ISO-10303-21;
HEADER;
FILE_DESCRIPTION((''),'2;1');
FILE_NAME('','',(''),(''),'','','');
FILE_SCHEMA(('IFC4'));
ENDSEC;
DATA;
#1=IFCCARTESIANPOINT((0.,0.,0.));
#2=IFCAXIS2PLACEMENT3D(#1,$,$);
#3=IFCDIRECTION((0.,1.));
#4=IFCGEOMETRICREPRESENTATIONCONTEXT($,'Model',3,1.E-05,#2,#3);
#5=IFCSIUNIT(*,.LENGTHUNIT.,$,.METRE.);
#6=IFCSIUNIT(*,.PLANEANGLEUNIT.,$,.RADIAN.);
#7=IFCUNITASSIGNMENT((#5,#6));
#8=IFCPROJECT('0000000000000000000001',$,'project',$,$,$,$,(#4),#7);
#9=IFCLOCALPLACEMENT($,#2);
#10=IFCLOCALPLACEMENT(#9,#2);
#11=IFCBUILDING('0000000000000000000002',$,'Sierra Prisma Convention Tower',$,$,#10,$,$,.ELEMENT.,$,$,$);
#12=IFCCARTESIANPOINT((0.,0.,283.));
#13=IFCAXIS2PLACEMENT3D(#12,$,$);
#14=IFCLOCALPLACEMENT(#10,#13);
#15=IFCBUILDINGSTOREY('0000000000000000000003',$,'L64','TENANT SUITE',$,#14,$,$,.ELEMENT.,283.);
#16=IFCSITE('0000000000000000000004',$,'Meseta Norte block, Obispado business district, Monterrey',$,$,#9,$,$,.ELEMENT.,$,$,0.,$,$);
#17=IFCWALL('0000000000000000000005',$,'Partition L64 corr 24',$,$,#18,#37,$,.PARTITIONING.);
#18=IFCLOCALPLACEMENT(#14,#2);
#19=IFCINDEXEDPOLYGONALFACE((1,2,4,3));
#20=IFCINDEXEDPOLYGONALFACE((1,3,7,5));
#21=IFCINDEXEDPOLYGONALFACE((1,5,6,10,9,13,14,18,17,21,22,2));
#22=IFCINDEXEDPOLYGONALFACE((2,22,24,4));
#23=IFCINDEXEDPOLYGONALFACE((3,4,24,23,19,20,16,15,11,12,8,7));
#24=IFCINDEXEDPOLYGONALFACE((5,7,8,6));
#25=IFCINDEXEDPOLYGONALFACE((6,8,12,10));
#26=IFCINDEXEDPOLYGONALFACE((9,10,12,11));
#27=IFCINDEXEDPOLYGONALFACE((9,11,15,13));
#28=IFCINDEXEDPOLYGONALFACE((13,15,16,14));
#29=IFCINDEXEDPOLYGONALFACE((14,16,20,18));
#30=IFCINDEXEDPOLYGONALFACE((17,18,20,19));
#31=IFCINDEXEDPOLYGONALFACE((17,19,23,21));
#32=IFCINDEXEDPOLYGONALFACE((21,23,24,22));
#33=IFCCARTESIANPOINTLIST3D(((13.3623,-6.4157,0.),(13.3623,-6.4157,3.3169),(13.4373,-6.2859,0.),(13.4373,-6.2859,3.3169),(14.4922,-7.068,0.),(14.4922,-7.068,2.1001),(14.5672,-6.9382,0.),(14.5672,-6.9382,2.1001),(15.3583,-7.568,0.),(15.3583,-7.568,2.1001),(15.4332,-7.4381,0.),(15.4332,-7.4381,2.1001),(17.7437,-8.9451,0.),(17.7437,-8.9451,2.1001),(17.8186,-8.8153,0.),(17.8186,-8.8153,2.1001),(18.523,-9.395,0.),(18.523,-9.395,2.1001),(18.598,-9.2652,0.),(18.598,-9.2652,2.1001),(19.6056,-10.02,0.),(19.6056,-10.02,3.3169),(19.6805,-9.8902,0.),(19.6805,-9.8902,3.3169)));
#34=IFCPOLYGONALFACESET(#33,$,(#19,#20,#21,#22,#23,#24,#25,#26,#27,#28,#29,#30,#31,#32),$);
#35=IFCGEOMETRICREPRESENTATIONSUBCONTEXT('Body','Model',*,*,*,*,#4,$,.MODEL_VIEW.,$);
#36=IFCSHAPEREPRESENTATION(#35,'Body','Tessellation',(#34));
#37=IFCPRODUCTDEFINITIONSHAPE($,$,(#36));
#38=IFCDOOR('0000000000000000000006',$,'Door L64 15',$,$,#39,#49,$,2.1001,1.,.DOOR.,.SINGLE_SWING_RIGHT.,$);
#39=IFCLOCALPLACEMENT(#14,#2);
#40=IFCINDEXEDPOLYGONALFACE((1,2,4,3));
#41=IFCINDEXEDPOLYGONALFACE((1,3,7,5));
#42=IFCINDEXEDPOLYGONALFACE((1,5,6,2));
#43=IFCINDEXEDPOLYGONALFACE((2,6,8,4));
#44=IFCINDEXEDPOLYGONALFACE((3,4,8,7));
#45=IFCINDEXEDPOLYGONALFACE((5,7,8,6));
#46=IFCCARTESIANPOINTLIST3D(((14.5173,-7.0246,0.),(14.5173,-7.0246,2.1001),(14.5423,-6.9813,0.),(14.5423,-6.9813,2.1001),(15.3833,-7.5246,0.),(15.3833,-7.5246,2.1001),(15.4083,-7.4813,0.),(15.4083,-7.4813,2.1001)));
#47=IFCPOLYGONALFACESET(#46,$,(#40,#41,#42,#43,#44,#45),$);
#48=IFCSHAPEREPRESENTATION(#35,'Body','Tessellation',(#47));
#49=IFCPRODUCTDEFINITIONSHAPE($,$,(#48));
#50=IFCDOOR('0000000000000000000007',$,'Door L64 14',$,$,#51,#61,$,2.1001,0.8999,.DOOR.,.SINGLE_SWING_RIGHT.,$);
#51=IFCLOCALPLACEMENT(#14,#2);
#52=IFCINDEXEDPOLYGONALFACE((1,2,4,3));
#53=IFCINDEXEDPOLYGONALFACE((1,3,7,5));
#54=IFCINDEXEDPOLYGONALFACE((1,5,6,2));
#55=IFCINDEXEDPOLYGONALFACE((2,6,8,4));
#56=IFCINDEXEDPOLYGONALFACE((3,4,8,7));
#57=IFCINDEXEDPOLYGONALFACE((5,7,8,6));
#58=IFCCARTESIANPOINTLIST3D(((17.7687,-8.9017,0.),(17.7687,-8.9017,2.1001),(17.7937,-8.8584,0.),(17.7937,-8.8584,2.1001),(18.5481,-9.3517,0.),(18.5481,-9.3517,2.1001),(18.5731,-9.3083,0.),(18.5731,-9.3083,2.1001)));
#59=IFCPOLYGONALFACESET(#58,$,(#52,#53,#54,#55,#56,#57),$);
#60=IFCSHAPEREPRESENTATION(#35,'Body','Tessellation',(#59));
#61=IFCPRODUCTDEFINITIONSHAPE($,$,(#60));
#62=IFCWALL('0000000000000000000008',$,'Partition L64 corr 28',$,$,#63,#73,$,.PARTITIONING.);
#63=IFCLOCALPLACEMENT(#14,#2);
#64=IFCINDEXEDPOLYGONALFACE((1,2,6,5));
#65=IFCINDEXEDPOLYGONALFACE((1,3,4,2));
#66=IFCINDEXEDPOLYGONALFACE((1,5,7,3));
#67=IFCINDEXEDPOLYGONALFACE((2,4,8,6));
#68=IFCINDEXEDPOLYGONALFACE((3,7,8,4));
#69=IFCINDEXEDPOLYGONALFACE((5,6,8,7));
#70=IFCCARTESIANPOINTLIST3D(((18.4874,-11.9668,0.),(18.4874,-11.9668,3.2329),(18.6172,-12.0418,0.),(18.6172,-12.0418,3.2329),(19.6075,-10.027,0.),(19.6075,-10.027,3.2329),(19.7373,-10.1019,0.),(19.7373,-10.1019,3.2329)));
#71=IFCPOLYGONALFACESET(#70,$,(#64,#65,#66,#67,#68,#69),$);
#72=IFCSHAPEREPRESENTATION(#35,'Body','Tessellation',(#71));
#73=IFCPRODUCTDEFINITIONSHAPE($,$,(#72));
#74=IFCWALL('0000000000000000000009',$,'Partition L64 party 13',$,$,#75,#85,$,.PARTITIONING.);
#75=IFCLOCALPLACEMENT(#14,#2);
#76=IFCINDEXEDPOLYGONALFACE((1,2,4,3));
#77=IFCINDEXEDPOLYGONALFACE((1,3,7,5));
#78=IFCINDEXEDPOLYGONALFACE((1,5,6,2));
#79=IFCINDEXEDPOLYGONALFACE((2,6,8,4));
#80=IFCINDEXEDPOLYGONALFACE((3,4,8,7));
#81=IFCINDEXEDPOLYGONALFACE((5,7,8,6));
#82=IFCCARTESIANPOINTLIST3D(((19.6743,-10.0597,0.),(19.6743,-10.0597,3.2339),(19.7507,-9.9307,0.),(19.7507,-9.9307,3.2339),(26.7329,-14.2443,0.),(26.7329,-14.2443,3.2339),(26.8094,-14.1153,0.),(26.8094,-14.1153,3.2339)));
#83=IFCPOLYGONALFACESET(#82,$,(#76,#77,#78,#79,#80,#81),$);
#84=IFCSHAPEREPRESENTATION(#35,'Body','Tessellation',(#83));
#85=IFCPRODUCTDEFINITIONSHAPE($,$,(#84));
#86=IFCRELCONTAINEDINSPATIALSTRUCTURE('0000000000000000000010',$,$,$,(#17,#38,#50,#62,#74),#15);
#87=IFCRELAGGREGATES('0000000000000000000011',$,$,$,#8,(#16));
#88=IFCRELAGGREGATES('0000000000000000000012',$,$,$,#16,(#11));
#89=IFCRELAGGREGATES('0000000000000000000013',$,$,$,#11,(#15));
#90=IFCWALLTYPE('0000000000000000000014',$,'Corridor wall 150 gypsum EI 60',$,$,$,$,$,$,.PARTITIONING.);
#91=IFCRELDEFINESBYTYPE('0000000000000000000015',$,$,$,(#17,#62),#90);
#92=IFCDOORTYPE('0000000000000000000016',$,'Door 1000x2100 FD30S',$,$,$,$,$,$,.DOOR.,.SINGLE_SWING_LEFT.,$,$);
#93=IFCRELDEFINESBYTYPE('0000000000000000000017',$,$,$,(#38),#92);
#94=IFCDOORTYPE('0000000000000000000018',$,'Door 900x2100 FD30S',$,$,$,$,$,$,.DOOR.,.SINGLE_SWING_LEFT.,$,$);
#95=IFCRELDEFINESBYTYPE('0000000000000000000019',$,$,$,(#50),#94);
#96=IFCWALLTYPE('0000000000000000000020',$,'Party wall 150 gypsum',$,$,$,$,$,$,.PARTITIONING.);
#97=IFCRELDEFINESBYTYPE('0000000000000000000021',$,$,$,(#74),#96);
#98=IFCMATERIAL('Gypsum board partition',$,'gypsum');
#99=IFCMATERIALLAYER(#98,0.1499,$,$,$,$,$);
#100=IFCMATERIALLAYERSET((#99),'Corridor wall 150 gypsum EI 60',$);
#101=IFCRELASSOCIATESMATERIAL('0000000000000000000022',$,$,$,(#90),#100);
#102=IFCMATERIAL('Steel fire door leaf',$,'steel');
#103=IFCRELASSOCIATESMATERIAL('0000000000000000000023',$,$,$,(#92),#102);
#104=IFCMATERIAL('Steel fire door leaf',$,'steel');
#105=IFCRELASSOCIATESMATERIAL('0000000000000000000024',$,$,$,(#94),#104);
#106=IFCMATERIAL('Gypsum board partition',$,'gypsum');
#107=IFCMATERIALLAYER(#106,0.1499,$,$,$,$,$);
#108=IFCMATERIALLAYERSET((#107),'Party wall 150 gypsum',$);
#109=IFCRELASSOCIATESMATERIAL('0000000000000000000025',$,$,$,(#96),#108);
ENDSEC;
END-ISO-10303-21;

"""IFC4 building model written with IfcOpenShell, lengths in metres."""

from ifc_helpers import new_model, si_unit, direction, frame, frame_2d, origin, place, context, subcontext, project, spatial, rectangle, extrude, material, layer, layer_set, type_object, element, fill, save


model = new_model("IFC4")

# Units and contexts
model_context = context("Model", 3, precision=1e-05, world=origin(), true_north=direction((0.0, 1.0)))
body_context = subcontext(model_context, "Body", "Model", "MODEL_VIEW")
ifc_project = project(units=[si_unit("LENGTHUNIT", "METRE"), si_unit("PLANEANGLEUNIT", "RADIAN")], contexts=[model_context])

# Site, building, storey
site_placement = place(None, origin())
site = spatial("IfcSite", under=ifc_project, at=site_placement, Name="Meseta Norte block, Obispado business district, Monterrey", CompositionType="ELEMENT", RefElevation=0.0)
building_placement = place(site_placement, origin())
building = spatial("IfcBuilding", under=site, at=building_placement, Name="Sierra Prisma Convention Tower", CompositionType="ELEMENT")
storey_placement = place(building_placement, frame((0.0, 0.0, 283.0)))
storey = spatial("IfcBuildingStorey", under=building, at=storey_placement, Name="L64", Description="TENANT SUITE", CompositionType="ELEMENT", Elevation=283.0)

# Wall, openings, doors
ifc_material_1 = material(Name="Gypsum board partition", Category="gypsum")
ifc_layer_1 = layer(ifc_material_1, 0.1499)
ifc_layer_set_1 = layer_set([ifc_layer_1], Name="Corridor wall 150 gypsum EI 60")
wall_type_1 = type_object("IfcWallType", Name="Corridor wall 150 gypsum EI 60", PredefinedType="PARTITIONING", material=ifc_layer_set_1)
wall_1_placement = place(storey_placement, frame((19.6431, -9.9551, 0.0), z_axis=(0.0, 0.0, 1.0), x_axis=(-0.86604, 0.499975, 0.0)))
wall_1 = element("IfcWall", 1, at=wall_1_placement, inside=storey, type_object=wall_type_1, Name="Partition L64 corr 24", PredefinedType="PARTITIONING", context=body_context, shape_type="SweptSolid", body=[
    extrude(rectangle(XDim=7.209, YDim=0.1499, at=frame_2d((3.6045, 0.0))), origin(), (0.0, 0.0, 1.0), 3.3169),
])
opening_1_placement = place(wall_1_placement, frame((1.25, 0.0, 0.0)))
opening_1 = element("IfcOpeningElement", 2, at=opening_1_placement, cuts=wall_1, PredefinedType="OPENING", context=body_context, shape_type="SweptSolid", body=[
    extrude(rectangle(XDim=0.8999, YDim=2.1001, at=frame_2d((0.45, 1.05))), frame((0.0, 0.075, 0.0), z_axis=(0.0, -1.0, 0.0), x_axis=(1.0, 0.0, 0.0)), (0.0, 0.0, 1.0), 0.1499),
])
opening_2_placement = place(wall_1_placement, frame((4.9043, 0.0, 0.0)))
opening_2 = element("IfcOpeningElement", 3, at=opening_2_placement, cuts=wall_1, PredefinedType="OPENING", context=body_context, shape_type="SweptSolid", body=[
    extrude(rectangle(XDim=1.0, YDim=2.1001, at=frame_2d((0.5, 1.05))), frame((0.0, 0.075, 0.0), z_axis=(0.0, -1.0, 0.0), x_axis=(1.0, 0.0, 0.0)), (0.0, 0.0, 1.0), 0.1499),
])
ifc_material_2 = material(Name="Steel fire door leaf", Category="steel")
door_type_1 = type_object("IfcDoorType", Name="Door 1000x2100 FD30S", OperationType="SINGLE_SWING_LEFT", PredefinedType="DOOR", material=ifc_material_2)
door_1_placement = place(opening_2_placement, origin())
door_1 = element("IfcDoor", 4, at=door_1_placement, inside=storey, type_object=door_type_1, Name="Door L64 15", OperationType="SINGLE_SWING_RIGHT", OverallHeight=2.1001, OverallWidth=1.0, PredefinedType="DOOR", context=body_context, shape_type="SweptSolid", body=[
    extrude(rectangle(XDim=1.0, YDim=2.1001, at=frame_2d((0.5, 1.05))), frame((0.0, 0.0249, 0.0), z_axis=(0.0, -1.0, 0.0), x_axis=(1.0, 0.0, 0.0)), (0.0, 0.0, 1.0), 0.05),
])
fill(opening_2, door_1)
ifc_material_3 = material(Name="Steel fire door leaf", Category="steel")
door_type_2 = type_object("IfcDoorType", Name="Door 900x2100 FD30S", OperationType="SINGLE_SWING_LEFT", PredefinedType="DOOR", material=ifc_material_3)
door_2_placement = place(opening_1_placement, origin())
door_2 = element("IfcDoor", 5, at=door_2_placement, inside=storey, type_object=door_type_2, Name="Door L64 14", OperationType="SINGLE_SWING_RIGHT", OverallHeight=2.1001, OverallWidth=0.8999, PredefinedType="DOOR", context=body_context, shape_type="SweptSolid", body=[
    extrude(rectangle(XDim=0.8999, YDim=2.1001, at=frame_2d((0.45, 1.05))), frame((0.0, 0.0249, 0.0), z_axis=(0.0, -1.0, 0.0), x_axis=(1.0, 0.0, 0.0)), (0.0, 0.0, 1.0), 0.05),
])
fill(opening_1, door_2)

# Walls
wall_2_placement = place(storey_placement, frame((18.5522, -12.0044, 0.0), z_axis=(0.0, 0.0, 1.0), x_axis=(0.500031, 0.866008, 0.0)))
element("IfcWall", 6, at=wall_2_placement, inside=storey, type_object=wall_type_1, Name="Partition L64 corr 28", PredefinedType="PARTITIONING", context=body_context, shape_type="SweptSolid", body=[
    extrude(rectangle(XDim=2.24, YDim=0.1499, at=frame_2d((1.1201, 0.0))), origin(), (0.0, 0.0, 1.0), 3.2329),
])
ifc_material_4 = material(Name="Gypsum board partition", Category="gypsum")
ifc_layer_2 = layer(ifc_material_4, 0.1499)
ifc_layer_set_2 = layer_set([ifc_layer_2], Name="Party wall 150 gypsum")
wall_type_2 = type_object("IfcWallType", Name="Party wall 150 gypsum", PredefinedType="PARTITIONING", material=ifc_layer_set_2)
wall_3_placement = place(storey_placement, frame((19.7124, -9.9951, 0.0), z_axis=(0.0, 0.0, 1.0), x_axis=(0.860201, -0.509956, 0.0)))
element("IfcWall", 7, at=wall_3_placement, inside=storey, type_object=wall_type_2, Name="Partition L64 party 13", PredefinedType="PARTITIONING", context=body_context, shape_type="SweptSolid", body=[
    extrude(rectangle(XDim=8.2058, YDim=0.1499, at=frame_2d((4.103, 0.0))), origin(), (0.0, 0.0, 1.0), 3.2339),
])

save(model, "model.ifc")
